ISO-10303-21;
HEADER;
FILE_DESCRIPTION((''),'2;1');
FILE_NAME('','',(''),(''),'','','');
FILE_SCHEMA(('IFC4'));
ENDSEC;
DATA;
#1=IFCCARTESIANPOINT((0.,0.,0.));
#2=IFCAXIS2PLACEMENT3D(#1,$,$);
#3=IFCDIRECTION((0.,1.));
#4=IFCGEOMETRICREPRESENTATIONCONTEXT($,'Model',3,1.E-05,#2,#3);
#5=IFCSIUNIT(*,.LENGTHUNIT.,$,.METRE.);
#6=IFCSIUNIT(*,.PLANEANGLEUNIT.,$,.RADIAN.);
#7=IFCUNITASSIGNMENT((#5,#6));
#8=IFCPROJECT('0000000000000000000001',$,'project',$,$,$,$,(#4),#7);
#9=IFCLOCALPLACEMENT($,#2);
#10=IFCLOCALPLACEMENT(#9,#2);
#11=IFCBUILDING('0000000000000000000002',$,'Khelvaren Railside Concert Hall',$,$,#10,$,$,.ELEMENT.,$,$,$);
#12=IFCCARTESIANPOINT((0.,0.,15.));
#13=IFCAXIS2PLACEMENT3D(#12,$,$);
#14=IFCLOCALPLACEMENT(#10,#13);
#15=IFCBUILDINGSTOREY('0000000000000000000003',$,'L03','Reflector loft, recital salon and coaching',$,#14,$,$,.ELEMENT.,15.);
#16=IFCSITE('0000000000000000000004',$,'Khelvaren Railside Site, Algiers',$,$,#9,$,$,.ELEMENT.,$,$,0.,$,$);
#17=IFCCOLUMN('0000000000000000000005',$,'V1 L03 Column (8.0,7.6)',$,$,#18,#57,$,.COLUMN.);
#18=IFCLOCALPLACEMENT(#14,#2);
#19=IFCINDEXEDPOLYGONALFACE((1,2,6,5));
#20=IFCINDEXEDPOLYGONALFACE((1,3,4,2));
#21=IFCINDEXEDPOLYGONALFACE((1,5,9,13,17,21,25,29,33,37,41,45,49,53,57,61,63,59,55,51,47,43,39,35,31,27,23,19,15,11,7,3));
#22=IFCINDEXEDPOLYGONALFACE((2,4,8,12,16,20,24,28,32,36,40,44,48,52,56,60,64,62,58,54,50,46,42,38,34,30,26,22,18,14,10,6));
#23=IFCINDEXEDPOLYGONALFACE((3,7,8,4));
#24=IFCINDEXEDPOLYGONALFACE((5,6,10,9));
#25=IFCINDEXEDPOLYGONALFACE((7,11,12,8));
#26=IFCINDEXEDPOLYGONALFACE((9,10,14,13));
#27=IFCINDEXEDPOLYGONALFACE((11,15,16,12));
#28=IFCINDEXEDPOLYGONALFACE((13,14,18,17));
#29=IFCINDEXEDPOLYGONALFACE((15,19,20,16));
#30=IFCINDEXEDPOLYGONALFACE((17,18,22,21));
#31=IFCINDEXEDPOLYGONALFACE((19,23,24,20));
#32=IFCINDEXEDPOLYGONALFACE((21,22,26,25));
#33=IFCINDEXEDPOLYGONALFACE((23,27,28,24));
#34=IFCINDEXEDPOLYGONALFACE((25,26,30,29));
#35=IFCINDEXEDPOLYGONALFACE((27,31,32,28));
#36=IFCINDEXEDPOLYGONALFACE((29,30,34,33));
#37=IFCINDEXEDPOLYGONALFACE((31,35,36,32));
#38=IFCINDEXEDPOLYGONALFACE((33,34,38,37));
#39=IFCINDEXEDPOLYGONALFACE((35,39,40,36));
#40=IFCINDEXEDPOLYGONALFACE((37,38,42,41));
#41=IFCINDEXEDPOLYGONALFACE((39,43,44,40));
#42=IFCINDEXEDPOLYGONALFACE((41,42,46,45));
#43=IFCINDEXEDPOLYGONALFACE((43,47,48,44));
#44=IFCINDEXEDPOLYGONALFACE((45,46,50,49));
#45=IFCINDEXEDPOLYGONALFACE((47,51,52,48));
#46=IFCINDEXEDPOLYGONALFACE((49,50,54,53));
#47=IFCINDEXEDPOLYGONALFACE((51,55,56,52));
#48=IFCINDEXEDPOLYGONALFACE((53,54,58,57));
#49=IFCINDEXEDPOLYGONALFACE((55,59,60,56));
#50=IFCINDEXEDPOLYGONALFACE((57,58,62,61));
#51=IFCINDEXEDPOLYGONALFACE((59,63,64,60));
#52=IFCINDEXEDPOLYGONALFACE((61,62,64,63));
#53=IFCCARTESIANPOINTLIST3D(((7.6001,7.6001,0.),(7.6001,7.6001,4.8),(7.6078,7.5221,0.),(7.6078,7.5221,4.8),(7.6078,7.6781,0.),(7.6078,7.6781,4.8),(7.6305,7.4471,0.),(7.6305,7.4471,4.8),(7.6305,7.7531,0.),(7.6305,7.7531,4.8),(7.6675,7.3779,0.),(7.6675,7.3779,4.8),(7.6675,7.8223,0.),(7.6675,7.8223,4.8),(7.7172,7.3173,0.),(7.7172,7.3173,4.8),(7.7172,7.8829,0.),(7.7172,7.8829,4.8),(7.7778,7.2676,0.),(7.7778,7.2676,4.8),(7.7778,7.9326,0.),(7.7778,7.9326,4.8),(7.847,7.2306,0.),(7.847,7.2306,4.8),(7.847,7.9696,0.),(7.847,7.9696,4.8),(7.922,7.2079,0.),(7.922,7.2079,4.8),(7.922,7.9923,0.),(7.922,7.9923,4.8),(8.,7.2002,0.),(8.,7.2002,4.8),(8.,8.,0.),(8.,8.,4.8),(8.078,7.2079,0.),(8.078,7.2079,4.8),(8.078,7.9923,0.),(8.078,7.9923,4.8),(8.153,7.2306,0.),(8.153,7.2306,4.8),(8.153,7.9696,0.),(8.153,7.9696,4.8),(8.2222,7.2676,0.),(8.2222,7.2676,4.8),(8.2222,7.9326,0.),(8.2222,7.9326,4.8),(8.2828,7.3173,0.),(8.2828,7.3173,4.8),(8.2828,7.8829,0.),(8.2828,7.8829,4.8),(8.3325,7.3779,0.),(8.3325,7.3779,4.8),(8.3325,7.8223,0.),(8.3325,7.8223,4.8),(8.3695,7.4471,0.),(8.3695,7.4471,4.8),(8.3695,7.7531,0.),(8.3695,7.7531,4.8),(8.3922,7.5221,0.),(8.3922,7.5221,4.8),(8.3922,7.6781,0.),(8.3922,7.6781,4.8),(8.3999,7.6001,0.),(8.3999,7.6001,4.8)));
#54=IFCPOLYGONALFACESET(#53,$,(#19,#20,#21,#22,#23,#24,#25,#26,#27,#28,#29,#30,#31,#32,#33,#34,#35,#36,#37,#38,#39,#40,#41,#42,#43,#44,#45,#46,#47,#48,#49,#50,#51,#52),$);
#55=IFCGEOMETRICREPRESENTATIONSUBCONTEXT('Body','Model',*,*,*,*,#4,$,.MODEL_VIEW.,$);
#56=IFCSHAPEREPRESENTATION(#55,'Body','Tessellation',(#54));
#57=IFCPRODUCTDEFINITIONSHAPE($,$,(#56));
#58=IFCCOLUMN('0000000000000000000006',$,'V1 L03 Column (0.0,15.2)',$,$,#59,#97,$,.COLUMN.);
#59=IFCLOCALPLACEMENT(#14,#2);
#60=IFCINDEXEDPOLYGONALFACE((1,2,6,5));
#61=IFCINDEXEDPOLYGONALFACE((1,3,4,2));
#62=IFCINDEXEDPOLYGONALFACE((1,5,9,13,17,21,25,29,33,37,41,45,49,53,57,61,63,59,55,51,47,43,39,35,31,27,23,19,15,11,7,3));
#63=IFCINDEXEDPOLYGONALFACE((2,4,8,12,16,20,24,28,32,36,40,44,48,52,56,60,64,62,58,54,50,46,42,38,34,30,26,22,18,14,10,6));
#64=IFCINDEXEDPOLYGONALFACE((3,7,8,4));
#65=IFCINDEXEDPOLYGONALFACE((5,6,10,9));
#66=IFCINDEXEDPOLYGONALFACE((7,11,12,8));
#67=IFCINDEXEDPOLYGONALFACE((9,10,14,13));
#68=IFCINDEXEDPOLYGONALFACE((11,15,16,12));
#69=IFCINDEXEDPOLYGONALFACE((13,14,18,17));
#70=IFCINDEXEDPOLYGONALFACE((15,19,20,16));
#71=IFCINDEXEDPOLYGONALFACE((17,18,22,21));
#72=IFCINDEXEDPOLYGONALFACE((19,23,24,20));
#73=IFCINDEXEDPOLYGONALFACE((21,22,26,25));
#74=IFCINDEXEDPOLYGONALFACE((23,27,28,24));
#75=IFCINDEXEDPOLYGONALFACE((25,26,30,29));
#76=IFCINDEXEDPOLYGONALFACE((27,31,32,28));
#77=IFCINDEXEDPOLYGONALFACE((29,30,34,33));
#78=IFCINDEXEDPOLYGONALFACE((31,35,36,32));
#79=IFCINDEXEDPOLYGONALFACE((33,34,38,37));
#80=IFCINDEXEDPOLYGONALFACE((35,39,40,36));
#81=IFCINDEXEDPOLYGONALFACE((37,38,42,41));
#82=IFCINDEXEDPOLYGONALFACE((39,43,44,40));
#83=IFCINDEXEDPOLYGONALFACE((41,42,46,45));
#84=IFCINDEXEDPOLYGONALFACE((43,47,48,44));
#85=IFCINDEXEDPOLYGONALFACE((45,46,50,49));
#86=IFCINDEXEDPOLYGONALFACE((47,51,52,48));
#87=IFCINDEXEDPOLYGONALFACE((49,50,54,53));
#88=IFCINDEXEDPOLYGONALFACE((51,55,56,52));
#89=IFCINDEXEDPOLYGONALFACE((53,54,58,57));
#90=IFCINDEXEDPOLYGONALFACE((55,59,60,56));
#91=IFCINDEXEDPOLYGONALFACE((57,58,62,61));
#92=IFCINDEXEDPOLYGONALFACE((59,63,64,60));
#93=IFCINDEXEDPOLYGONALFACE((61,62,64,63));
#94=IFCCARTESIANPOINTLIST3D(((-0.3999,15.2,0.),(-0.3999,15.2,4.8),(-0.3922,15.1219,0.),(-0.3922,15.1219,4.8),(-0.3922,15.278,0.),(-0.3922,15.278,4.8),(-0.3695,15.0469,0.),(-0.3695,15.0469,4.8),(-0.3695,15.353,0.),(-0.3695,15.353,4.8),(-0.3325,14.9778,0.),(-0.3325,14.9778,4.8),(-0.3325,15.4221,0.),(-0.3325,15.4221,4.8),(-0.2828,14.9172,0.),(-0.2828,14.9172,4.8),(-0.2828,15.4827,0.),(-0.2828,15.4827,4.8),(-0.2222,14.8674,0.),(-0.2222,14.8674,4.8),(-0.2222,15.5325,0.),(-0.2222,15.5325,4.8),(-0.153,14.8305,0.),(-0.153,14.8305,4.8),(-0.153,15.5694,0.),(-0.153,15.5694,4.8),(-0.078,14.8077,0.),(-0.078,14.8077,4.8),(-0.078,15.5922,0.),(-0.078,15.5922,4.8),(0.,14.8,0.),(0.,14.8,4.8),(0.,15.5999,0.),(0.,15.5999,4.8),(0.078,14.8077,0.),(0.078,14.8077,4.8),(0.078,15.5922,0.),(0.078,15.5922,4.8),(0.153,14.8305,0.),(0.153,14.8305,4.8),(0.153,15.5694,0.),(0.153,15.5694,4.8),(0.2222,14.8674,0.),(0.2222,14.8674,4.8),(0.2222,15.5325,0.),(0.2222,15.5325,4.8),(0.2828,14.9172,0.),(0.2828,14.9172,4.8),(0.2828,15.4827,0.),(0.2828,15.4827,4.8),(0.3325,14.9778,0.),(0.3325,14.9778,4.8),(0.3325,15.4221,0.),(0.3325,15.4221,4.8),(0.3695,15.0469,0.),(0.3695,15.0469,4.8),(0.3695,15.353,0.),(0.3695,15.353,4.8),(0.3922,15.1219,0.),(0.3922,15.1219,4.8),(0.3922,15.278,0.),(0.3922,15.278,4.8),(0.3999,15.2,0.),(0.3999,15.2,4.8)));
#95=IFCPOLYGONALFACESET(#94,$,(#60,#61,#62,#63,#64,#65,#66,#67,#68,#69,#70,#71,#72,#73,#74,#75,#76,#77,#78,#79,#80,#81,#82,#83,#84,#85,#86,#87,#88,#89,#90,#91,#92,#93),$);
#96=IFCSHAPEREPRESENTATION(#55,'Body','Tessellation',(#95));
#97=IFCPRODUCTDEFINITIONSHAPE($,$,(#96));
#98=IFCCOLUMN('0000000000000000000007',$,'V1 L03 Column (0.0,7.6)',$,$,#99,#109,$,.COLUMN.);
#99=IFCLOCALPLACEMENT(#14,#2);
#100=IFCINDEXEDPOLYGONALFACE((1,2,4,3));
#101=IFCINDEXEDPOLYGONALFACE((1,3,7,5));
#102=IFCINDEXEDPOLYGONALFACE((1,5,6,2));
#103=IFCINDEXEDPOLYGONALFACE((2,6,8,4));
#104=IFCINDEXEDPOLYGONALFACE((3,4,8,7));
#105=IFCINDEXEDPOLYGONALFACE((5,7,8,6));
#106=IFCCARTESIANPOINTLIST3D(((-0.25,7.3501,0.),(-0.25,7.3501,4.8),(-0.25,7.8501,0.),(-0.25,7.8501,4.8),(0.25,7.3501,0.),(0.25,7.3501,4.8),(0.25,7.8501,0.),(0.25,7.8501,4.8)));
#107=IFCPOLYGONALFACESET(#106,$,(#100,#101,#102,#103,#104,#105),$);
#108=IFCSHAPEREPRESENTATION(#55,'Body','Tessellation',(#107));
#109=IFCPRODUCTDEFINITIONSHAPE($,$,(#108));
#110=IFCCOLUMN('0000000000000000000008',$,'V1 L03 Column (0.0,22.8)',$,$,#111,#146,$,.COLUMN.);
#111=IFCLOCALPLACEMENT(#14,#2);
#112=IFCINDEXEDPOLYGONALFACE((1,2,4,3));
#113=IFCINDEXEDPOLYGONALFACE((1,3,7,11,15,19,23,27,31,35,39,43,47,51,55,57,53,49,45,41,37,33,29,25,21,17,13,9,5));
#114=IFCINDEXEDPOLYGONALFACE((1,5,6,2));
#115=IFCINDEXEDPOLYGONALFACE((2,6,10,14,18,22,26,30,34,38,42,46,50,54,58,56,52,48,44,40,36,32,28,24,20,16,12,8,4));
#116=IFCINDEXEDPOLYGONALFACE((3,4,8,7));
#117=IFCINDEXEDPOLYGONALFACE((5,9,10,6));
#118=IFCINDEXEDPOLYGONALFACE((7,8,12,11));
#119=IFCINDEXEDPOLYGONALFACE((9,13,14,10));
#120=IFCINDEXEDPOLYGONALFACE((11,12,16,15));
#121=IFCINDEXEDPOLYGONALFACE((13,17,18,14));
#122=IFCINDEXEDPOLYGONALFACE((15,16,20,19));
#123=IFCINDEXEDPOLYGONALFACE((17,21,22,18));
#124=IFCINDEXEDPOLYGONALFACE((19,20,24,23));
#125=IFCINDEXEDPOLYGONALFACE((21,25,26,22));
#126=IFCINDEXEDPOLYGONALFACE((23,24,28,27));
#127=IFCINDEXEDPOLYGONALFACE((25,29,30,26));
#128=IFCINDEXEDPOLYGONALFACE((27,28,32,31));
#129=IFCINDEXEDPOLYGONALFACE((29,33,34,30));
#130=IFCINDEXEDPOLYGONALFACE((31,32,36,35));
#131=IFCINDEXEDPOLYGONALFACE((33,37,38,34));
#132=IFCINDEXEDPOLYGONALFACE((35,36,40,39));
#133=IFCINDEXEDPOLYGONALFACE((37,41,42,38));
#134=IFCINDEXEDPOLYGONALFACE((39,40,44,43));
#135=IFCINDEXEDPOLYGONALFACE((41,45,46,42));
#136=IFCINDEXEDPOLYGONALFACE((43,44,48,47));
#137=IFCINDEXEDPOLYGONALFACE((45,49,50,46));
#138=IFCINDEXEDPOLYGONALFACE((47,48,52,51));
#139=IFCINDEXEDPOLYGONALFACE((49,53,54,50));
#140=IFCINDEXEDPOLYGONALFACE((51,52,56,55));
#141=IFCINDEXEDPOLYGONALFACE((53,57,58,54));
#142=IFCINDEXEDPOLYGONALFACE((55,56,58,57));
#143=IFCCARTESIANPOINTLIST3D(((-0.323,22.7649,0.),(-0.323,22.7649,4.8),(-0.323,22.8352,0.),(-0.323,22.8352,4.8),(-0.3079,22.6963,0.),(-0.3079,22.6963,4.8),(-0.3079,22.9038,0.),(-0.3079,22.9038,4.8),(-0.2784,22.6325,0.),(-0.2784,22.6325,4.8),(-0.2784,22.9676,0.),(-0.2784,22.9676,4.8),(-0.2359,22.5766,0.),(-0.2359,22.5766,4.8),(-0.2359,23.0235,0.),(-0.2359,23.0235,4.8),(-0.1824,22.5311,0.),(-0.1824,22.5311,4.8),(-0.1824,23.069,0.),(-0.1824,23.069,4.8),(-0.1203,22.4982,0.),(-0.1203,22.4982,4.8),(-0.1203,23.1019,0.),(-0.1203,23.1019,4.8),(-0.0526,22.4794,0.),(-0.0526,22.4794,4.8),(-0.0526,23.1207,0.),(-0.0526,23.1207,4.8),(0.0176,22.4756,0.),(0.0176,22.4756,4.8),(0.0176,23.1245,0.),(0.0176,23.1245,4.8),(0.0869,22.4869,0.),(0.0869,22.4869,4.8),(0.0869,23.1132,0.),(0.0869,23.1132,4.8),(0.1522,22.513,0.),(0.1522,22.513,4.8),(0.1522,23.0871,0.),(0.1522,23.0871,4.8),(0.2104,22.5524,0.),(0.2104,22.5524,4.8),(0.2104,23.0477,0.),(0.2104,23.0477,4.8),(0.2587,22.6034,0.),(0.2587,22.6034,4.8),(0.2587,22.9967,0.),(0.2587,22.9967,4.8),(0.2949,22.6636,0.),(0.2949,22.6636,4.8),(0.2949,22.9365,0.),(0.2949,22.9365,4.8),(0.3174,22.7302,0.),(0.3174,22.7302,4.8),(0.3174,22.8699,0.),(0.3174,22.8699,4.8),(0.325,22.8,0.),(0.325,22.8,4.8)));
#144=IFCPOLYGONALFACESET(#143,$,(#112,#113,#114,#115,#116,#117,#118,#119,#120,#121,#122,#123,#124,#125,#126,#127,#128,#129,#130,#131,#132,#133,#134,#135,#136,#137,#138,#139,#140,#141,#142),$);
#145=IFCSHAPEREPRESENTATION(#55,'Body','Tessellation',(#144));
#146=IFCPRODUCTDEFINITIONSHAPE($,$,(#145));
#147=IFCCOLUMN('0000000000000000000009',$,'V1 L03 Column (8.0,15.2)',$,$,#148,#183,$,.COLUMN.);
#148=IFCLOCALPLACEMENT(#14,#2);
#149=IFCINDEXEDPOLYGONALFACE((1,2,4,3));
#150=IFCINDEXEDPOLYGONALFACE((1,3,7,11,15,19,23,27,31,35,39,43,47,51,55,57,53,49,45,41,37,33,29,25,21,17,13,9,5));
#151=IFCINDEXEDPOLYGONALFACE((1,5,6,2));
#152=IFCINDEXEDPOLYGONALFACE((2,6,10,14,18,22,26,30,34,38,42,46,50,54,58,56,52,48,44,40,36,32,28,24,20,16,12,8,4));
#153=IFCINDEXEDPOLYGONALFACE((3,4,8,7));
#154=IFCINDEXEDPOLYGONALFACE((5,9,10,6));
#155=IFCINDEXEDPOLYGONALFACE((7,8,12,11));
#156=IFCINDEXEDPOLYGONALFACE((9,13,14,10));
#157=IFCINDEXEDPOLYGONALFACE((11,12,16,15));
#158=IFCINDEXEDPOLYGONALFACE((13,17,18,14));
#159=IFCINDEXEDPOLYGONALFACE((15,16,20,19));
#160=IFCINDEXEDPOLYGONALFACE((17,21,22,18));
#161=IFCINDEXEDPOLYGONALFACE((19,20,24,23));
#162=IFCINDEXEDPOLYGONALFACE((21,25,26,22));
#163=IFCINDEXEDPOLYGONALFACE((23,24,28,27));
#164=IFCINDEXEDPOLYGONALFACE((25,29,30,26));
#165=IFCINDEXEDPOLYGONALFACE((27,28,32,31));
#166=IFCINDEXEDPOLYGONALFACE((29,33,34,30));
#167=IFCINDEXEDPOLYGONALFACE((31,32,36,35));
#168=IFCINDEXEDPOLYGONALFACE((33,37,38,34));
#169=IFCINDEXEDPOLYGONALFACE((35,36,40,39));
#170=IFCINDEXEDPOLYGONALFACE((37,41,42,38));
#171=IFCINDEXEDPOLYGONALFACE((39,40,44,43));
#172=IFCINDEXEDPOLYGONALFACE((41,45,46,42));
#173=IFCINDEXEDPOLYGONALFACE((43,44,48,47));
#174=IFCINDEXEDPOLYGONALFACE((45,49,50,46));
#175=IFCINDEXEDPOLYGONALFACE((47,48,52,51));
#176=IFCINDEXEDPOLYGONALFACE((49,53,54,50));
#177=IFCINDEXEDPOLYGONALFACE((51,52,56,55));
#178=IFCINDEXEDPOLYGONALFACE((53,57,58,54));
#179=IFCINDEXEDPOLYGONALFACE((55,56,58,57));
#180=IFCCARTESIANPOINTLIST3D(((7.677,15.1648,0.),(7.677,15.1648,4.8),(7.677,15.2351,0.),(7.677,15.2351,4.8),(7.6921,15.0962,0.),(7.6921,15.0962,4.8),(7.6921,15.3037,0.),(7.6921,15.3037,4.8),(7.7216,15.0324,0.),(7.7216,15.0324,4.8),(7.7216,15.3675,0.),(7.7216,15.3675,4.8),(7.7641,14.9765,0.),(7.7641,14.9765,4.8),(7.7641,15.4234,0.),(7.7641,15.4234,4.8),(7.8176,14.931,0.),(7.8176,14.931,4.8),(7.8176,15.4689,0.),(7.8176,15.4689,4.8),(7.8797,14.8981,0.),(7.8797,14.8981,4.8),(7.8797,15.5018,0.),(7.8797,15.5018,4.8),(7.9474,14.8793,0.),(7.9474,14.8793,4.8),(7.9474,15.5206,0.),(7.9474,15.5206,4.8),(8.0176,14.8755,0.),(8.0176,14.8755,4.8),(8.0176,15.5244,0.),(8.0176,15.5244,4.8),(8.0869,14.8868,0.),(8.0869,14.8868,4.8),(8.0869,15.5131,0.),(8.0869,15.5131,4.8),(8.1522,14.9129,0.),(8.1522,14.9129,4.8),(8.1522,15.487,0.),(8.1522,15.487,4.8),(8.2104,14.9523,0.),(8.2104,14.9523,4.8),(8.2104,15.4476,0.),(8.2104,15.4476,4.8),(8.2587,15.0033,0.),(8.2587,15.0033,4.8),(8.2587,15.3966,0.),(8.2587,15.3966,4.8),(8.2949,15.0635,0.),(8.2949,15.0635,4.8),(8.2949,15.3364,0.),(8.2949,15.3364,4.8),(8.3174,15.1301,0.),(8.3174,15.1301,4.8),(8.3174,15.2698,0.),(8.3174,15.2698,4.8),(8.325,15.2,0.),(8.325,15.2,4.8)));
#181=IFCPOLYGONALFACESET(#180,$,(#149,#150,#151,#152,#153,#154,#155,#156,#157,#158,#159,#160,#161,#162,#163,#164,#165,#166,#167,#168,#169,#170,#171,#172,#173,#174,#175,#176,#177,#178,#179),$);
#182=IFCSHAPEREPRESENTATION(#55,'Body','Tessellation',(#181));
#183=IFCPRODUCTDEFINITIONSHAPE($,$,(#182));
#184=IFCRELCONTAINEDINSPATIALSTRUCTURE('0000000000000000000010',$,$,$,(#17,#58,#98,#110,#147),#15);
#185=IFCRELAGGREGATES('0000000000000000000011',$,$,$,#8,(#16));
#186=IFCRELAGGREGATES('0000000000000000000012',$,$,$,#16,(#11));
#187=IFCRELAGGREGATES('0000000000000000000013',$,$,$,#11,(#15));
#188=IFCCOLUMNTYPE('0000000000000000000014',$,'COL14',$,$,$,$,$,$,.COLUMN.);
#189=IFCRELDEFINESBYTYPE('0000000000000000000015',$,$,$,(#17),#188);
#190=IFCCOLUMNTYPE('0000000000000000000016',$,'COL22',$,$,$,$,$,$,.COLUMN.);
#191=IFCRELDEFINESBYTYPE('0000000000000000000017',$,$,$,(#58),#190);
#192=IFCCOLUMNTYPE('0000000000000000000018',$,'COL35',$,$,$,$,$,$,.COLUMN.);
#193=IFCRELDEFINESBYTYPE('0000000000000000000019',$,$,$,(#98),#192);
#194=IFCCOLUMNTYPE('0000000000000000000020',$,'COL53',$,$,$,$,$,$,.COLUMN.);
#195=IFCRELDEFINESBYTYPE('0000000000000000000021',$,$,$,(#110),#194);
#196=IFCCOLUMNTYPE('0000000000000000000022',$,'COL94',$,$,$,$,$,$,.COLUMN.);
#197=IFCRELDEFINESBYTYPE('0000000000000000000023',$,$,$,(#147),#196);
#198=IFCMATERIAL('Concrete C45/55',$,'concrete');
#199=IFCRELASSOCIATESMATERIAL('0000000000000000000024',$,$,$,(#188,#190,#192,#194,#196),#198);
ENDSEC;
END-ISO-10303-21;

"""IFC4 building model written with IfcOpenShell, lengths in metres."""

from ifc_helpers import new_model, si_unit, direction, frame, origin, origin_2d, place, context, subcontext, project, spatial, rectangle, circle, extrude, material, material_profile, profile_set, type_object, element, save


model = new_model("IFC4")

# Units and contexts
model_context = context("Model", 3, precision=1e-05, world=origin(), true_north=direction((0.0, 1.0)))
body_context = subcontext(model_context, "Body", "Model", "MODEL_VIEW")
ifc_project = project(units=[si_unit("LENGTHUNIT", "METRE"), si_unit("PLANEANGLEUNIT", "RADIAN")], contexts=[model_context])

# Site, building, storey
site_placement = place(None, origin())
site = spatial("IfcSite", under=ifc_project, at=site_placement, Name="Khelvaren Railside Site, Algiers", CompositionType="ELEMENT", RefElevation=0.0)
building_placement = place(site_placement, origin())
building = spatial("IfcBuilding", under=site, at=building_placement, Name="Khelvaren Railside Concert Hall", CompositionType="ELEMENT")
storey_placement = place(building_placement, frame((0.0, 0.0, 15.0)))
storey = spatial("IfcBuildingStorey", under=building, at=storey_placement, Name="L03", Description="Reflector loft, recital salon and coaching", CompositionType="ELEMENT", Elevation=15.0)

# Columns
ifc_material_1 = material(Name="Concrete C45/55", Category="concrete")
ifc_material_profile_1 = material_profile(ifc_material_1, circle(Radius=0.3999, at=origin_2d()), Name="RC D800")
ifc_profile_set_1 = profile_set([ifc_material_profile_1], Name="Concrete C45/55")
column_type_1 = type_object("IfcColumnType", Name="COL14", PredefinedType="COLUMN", material=ifc_profile_set_1)
column_1_placement = place(storey_placement, frame((8.0, 7.6001, 0.0), z_axis=(0.0, 0.0, 1.0), x_axis=(1.0, 0.0, 0.0)))
element("IfcColumn", 1, at=column_1_placement, inside=storey, type_object=column_type_1, Name="V1 L03 Column (8.0,7.6)", PredefinedType="COLUMN", context=body_context, shape_type="SweptSolid", body=[
    extrude(circle(Radius=0.3999, at=origin_2d()), origin(), (0.0, 0.0, 1.0), 4.8),
])
ifc_material_profile_2 = material_profile(ifc_material_1, circle(Radius=0.3999, at=origin_2d()), Name="RC D800")
ifc_profile_set_2 = profile_set([ifc_material_profile_2], Name="Concrete C45/55")
column_type_2 = type_object("IfcColumnType", Name="COL22", PredefinedType="COLUMN", material=ifc_profile_set_2)
column_2_placement = place(storey_placement, frame((0.0, 15.2, 0.0), z_axis=(0.0, 0.0, 1.0), x_axis=(1.0, 0.0, 0.0)))
element("IfcColumn", 2, at=column_2_placement, inside=storey, type_object=column_type_2, Name="V1 L03 Column (0.0,15.2)", PredefinedType="COLUMN", context=body_context, shape_type="SweptSolid", body=[
    extrude(circle(Radius=0.3999, at=origin_2d()), origin(), (0.0, 0.0, 1.0), 4.8),
])
ifc_material_profile_3 = material_profile(ifc_material_1, rectangle(XDim=0.5, YDim=0.5, at=origin_2d()), Name="RC 500x500")
ifc_profile_set_3 = profile_set([ifc_material_profile_3], Name="Concrete C45/55")
column_type_3 = type_object("IfcColumnType", Name="COL35", PredefinedType="COLUMN", material=ifc_profile_set_3)
column_3_placement = place(storey_placement, frame((0.0, 7.6001, 0.0), z_axis=(0.0, 0.0, 1.0), x_axis=(1.0, 0.0, 0.0)))
element("IfcColumn", 3, at=column_3_placement, inside=storey, type_object=column_type_3, Name="V1 L03 Column (0.0,7.6)", PredefinedType="COLUMN", context=body_context, shape_type="SweptSolid", body=[
    extrude(rectangle(XDim=0.5, YDim=0.5, at=origin_2d()), origin(), (0.0, 0.0, 1.0), 4.8),
])
ifc_material_profile_4 = material_profile(ifc_material_1, circle(Radius=0.325, at=origin_2d()), Name="RC D650")
ifc_profile_set_4 = profile_set([ifc_material_profile_4], Name="Concrete C45/55")
column_type_4 = type_object("IfcColumnType", Name="COL53", PredefinedType="COLUMN", material=ifc_profile_set_4)
column_4_placement = place(storey_placement, frame((0.0, 22.8, 0.0), z_axis=(0.0, 0.0, 1.0), x_axis=(1.0, 0.0, 0.0)))
element("IfcColumn", 4, at=column_4_placement, inside=storey, type_object=column_type_4, Name="V1 L03 Column (0.0,22.8)", PredefinedType="COLUMN", context=body_context, shape_type="SweptSolid", body=[
    extrude(circle(Radius=0.325, at=origin_2d()), origin(), (0.0, 0.0, 1.0), 4.8),
])
ifc_material_profile_5 = material_profile(ifc_material_1, circle(Radius=0.325, at=origin_2d()), Name="RC D650")
ifc_profile_set_5 = profile_set([ifc_material_profile_5], Name="Concrete C45/55")
column_type_5 = type_object("IfcColumnType", Name="COL94", PredefinedType="COLUMN", material=ifc_profile_set_5)
column_5_placement = place(storey_placement, frame((8.0, 15.2, 0.0), z_axis=(0.0, 0.0, 1.0), x_axis=(1.0, 0.0, 0.0)))
element("IfcColumn", 5, at=column_5_placement, inside=storey, type_object=column_type_5, Name="V1 L03 Column (8.0,15.2)", PredefinedType="COLUMN", context=body_context, shape_type="SweptSolid", body=[
    extrude(circle(Radius=0.325, at=origin_2d()), origin(), (0.0, 0.0, 1.0), 4.8),
])

save(model, "model.ifc")
